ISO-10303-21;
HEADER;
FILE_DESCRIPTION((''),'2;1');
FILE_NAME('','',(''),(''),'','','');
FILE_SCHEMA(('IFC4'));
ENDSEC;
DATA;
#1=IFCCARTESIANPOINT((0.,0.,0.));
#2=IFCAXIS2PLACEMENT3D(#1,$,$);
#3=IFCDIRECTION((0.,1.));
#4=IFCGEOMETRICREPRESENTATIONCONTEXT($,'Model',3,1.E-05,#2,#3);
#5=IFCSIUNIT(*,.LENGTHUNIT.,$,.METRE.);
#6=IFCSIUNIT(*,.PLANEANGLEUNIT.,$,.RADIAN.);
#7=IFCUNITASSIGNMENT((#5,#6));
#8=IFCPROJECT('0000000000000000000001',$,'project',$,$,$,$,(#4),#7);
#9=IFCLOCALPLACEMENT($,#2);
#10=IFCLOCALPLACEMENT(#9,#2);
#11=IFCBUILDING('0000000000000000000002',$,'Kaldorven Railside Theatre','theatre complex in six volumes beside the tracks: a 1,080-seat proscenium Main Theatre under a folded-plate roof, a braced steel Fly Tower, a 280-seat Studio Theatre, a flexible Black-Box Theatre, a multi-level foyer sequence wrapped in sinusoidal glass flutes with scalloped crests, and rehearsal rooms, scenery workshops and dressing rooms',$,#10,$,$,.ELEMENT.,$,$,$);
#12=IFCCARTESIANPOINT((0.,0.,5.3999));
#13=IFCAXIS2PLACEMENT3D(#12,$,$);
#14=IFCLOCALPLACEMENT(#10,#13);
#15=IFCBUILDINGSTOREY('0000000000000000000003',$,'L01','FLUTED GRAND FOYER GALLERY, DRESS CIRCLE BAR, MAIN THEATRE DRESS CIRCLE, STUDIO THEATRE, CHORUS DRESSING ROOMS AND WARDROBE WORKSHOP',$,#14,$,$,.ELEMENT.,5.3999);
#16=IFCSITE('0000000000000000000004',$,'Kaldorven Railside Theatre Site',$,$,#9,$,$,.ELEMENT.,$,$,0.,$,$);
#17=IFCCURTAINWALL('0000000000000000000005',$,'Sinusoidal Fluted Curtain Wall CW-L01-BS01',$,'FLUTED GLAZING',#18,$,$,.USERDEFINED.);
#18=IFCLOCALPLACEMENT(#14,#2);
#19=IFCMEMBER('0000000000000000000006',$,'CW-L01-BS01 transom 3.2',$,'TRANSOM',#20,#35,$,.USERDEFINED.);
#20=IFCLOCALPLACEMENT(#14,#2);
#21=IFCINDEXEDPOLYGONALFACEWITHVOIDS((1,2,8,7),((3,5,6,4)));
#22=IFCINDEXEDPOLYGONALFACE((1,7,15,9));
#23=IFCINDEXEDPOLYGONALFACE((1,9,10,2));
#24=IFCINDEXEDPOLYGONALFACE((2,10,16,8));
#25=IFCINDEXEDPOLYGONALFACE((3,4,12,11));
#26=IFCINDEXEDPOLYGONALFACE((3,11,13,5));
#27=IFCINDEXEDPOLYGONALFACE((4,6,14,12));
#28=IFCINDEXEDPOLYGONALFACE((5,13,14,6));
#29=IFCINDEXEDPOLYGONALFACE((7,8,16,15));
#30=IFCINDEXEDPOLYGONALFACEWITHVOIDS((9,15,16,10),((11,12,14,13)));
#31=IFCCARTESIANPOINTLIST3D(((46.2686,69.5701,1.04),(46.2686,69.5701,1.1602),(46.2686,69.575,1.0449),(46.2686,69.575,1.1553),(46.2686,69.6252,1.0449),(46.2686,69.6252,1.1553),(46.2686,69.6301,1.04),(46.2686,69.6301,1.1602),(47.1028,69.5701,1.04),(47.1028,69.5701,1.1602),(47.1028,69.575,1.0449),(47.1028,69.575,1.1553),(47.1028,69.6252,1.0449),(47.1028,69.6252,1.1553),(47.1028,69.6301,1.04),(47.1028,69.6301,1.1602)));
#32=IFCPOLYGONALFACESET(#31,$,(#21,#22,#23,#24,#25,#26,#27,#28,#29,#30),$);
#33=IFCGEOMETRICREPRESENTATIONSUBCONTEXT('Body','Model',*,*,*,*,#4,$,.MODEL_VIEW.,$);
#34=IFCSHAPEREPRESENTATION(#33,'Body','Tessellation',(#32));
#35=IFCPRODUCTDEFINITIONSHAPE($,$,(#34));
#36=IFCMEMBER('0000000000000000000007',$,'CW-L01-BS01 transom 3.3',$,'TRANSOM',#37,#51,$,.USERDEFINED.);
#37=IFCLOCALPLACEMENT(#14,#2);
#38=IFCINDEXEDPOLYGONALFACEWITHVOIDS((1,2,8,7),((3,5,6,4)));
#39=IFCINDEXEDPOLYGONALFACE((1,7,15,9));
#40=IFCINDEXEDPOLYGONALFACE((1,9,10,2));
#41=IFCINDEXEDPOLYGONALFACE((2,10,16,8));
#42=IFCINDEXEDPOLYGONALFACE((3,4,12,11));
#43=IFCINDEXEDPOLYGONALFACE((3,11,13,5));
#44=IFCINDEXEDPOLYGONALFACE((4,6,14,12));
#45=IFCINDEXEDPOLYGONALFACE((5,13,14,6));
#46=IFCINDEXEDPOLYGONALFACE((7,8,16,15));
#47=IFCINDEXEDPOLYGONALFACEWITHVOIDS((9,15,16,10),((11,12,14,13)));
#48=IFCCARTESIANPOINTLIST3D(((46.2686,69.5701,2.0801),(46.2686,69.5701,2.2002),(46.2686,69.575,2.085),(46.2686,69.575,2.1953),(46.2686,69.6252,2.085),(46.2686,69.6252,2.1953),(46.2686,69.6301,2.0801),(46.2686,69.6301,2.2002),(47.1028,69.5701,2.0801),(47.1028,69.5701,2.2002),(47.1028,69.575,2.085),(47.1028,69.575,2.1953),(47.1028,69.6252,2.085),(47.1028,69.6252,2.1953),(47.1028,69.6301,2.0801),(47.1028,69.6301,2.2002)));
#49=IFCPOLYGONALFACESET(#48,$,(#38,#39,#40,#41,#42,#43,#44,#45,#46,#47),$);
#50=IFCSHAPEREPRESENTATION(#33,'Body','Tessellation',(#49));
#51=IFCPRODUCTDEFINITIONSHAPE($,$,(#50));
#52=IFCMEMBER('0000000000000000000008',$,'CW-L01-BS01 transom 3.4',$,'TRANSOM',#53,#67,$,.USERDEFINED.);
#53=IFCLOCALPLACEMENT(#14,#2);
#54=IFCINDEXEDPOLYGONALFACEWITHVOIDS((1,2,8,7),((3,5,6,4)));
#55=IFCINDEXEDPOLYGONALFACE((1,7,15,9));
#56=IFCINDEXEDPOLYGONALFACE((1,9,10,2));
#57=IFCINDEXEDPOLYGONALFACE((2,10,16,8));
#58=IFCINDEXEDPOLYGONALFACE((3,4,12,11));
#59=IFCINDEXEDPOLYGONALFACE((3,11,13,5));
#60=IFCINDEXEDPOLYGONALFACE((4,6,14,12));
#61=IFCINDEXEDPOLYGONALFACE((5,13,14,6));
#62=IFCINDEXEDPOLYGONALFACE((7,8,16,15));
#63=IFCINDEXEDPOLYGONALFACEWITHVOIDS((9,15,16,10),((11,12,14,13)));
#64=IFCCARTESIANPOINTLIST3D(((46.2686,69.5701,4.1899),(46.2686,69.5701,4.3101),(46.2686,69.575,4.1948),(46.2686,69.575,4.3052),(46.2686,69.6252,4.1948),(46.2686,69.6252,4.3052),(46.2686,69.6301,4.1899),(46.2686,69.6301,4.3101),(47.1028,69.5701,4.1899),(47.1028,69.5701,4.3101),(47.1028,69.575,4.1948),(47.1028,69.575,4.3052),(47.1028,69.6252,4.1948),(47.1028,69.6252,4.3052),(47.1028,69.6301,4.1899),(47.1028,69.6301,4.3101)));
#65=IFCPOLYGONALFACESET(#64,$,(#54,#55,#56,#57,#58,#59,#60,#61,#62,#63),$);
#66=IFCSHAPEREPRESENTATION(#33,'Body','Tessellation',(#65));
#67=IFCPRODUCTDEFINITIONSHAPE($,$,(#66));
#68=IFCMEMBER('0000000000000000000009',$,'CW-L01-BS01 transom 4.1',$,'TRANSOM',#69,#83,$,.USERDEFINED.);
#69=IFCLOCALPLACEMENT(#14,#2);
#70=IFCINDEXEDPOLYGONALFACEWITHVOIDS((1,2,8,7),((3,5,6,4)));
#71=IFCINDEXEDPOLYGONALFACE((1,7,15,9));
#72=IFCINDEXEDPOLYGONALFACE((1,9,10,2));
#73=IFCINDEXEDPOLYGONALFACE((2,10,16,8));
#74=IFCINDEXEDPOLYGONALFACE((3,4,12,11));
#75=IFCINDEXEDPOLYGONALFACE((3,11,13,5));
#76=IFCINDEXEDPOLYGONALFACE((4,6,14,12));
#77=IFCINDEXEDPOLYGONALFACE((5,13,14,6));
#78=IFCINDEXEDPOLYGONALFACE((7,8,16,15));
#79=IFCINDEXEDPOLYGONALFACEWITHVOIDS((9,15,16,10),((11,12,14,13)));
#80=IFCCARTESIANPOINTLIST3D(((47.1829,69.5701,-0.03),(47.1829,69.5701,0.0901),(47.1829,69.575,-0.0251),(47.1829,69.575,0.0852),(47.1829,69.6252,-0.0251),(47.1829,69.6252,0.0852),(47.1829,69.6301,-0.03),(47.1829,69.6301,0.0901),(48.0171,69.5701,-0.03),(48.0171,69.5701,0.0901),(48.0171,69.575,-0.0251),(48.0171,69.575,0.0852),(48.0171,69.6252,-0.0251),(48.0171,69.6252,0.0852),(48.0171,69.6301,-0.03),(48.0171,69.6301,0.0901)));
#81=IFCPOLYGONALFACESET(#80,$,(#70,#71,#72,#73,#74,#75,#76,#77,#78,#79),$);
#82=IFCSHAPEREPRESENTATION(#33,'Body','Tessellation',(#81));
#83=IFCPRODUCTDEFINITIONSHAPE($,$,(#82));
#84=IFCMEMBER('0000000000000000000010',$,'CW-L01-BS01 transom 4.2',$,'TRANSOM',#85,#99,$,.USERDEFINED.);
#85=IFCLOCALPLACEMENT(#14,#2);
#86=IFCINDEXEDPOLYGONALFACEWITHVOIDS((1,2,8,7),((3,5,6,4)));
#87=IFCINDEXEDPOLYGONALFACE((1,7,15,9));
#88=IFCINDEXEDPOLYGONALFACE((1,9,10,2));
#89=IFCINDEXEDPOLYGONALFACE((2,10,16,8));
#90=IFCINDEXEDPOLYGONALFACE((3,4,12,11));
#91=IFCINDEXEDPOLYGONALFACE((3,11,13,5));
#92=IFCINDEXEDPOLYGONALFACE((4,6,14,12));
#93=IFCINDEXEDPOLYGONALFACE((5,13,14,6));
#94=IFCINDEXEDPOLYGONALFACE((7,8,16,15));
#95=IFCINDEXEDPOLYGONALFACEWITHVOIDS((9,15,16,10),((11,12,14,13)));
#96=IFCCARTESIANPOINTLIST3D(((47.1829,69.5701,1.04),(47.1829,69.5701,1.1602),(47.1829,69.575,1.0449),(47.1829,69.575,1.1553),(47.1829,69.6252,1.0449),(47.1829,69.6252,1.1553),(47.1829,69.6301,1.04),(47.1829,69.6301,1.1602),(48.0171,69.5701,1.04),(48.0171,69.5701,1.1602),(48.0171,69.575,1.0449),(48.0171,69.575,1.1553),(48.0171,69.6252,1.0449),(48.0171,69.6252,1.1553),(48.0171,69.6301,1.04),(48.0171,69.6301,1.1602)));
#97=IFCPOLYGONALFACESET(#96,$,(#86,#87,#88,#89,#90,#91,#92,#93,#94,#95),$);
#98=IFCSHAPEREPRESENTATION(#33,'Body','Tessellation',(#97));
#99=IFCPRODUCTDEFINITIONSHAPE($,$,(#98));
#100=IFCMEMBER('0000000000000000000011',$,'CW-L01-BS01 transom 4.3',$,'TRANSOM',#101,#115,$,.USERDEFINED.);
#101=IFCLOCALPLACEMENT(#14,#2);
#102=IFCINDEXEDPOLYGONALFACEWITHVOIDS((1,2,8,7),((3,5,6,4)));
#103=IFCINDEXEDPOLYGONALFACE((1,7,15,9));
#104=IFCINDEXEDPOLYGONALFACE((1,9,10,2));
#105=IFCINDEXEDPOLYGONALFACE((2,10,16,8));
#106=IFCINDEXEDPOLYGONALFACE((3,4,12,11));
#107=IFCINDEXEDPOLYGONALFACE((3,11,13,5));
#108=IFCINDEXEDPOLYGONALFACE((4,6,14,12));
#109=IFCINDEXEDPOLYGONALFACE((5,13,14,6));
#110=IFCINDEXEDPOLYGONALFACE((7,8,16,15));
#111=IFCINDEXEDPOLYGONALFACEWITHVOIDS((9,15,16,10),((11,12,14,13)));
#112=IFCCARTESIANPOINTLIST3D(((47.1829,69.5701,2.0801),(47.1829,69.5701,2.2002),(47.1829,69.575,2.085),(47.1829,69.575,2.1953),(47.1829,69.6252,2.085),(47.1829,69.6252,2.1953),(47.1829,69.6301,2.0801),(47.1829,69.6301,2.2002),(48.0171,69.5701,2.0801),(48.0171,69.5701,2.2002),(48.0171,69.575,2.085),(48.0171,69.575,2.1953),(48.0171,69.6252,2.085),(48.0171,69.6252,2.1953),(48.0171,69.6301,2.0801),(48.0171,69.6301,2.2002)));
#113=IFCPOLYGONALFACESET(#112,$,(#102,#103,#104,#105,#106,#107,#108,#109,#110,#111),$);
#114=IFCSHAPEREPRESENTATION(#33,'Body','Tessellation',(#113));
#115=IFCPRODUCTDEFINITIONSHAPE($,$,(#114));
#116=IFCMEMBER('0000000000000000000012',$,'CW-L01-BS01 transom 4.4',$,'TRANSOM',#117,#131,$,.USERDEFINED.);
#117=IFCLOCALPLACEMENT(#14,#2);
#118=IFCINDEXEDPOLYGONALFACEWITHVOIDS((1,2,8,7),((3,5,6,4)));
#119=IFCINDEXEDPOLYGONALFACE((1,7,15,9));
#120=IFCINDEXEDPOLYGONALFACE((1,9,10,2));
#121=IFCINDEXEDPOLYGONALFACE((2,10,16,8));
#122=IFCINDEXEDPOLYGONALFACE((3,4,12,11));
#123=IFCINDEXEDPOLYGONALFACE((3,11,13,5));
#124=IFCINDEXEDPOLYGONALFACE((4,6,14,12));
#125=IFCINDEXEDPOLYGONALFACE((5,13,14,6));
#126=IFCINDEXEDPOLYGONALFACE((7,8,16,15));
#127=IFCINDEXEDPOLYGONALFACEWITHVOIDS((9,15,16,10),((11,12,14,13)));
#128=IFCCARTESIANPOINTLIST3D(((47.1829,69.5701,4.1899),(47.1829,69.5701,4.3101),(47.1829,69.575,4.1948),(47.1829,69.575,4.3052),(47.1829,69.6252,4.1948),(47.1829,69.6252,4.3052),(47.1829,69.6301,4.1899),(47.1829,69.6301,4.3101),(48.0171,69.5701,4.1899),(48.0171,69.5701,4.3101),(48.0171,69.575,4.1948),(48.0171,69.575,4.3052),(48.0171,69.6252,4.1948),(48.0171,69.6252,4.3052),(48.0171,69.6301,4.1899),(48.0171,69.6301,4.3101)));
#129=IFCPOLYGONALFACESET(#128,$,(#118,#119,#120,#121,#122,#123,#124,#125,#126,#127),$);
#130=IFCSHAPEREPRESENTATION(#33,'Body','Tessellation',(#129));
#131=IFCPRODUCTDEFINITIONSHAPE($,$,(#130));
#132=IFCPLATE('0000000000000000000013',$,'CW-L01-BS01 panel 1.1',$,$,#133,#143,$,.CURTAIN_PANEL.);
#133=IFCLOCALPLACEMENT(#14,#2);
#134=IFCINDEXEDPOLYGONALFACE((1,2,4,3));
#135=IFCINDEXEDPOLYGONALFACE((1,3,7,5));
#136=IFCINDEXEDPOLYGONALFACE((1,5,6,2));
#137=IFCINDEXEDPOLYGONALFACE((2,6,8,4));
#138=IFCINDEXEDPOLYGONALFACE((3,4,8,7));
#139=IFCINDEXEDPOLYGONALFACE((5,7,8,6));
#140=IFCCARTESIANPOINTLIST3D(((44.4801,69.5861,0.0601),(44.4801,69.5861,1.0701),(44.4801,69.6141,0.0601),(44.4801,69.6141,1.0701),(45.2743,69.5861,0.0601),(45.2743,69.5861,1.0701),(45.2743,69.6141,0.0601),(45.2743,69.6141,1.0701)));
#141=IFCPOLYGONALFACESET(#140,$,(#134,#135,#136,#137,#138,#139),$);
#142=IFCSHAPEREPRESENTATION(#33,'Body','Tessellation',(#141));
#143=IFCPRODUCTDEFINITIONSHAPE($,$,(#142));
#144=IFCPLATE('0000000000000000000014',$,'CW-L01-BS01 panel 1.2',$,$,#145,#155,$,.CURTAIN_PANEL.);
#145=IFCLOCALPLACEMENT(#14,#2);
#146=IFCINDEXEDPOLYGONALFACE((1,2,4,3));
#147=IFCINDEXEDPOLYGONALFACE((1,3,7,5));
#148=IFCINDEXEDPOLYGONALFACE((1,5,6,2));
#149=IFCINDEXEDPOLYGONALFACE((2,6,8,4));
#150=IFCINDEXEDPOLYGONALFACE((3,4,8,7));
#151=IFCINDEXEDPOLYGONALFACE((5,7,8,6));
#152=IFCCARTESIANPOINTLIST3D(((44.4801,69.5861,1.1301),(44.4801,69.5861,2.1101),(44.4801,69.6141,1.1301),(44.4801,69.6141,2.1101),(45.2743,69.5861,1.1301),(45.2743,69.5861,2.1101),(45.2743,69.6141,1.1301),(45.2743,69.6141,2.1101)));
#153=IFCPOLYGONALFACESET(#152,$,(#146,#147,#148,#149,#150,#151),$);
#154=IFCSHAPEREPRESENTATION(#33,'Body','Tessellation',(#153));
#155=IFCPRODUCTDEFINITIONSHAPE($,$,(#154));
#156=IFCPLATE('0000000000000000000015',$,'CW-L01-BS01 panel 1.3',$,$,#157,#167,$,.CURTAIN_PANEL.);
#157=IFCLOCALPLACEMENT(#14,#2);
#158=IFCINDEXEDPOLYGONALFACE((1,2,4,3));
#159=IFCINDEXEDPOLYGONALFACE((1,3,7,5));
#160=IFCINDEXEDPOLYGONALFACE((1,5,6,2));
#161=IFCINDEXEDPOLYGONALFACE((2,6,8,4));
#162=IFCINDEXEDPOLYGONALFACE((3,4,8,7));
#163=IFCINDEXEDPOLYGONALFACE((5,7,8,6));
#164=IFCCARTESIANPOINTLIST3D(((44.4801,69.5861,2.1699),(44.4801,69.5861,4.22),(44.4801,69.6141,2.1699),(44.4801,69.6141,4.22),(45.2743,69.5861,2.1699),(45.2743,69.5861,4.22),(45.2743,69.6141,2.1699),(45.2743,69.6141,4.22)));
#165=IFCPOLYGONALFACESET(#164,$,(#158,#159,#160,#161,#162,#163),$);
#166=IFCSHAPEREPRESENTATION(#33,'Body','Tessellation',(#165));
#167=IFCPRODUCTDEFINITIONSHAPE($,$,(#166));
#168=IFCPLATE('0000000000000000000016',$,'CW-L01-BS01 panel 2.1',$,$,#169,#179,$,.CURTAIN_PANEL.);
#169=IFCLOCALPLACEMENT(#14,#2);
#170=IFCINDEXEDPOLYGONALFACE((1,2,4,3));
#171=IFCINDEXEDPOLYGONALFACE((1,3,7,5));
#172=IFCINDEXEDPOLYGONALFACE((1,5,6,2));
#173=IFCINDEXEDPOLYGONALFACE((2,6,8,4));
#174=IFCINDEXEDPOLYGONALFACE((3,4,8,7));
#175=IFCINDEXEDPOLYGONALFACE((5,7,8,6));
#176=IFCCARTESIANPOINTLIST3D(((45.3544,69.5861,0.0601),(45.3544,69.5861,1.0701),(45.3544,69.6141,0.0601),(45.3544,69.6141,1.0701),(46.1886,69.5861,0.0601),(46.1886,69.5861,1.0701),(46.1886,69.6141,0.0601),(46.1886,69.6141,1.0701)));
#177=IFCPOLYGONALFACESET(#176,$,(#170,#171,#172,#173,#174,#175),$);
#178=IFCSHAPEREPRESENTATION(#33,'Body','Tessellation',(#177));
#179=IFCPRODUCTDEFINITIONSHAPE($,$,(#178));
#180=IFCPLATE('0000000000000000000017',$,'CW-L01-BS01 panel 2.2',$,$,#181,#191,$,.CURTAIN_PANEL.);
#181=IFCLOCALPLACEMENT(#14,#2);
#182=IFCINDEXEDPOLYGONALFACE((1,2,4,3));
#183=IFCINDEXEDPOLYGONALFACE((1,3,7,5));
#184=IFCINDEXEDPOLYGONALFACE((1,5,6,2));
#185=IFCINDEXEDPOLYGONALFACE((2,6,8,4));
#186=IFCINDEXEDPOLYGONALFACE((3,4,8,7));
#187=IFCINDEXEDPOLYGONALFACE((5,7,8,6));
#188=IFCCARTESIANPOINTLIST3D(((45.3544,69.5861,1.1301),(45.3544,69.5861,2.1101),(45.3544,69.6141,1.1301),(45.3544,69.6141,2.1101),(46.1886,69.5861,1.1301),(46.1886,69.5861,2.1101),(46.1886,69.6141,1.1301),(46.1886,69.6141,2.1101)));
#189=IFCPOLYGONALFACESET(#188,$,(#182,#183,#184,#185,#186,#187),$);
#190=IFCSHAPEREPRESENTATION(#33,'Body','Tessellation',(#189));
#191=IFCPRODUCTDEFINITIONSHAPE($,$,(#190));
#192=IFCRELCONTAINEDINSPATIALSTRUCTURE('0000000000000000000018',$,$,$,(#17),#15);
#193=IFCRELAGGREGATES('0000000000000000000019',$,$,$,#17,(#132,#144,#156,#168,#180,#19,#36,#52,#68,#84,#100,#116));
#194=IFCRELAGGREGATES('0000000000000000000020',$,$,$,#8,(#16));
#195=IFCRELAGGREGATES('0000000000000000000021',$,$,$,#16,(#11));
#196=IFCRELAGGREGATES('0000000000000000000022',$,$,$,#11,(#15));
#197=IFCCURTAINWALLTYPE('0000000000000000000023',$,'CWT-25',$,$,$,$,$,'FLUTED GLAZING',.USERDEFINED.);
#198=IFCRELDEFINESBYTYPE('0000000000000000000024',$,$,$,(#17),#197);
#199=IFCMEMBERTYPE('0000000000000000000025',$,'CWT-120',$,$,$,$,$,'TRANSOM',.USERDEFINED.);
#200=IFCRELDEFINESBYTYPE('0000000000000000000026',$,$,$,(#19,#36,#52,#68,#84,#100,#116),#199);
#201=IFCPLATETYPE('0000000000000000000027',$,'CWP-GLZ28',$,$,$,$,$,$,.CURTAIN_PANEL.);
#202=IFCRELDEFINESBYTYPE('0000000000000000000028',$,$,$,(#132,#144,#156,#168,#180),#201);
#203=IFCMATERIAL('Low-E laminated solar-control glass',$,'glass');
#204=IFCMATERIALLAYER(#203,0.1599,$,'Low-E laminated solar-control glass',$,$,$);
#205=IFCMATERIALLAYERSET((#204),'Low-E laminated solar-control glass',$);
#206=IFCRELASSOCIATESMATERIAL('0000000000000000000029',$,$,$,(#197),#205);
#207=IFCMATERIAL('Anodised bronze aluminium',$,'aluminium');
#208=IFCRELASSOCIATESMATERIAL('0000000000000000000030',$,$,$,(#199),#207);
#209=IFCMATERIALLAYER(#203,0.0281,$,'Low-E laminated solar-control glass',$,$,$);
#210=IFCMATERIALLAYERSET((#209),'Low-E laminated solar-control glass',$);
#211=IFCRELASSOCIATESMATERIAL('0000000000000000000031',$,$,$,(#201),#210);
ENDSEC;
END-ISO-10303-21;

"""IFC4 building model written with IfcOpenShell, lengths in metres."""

from ifc_helpers import new_model, si_unit, direction, frame, origin, origin_2d, place, context, subcontext, project, spatial, rectangle, hollow_rectangle, extrude, material, layer, layer_set, material_profile, profile_set, type_object, element, aggregate, save


model = new_model("IFC4")

# Units and contexts
model_context = context("Model", 3, precision=1e-05, world=origin(), true_north=direction((0.0, 1.0)))
body_context = subcontext(model_context, "Body", "Model", "MODEL_VIEW")
ifc_project = project(units=[si_unit("LENGTHUNIT", "METRE"), si_unit("PLANEANGLEUNIT", "RADIAN")], contexts=[model_context])

# Site, building, storey
site_placement = place(None, origin())
site = spatial("IfcSite", under=ifc_project, at=site_placement, Name="Kaldorven Railside Theatre Site", CompositionType="ELEMENT", RefElevation=0.0)
building_placement = place(site_placement, origin())
building = spatial("IfcBuilding", under=site, at=building_placement, Name="Kaldorven Railside Theatre", Description="theatre complex in six volumes beside the tracks: a 1,080-seat proscenium Main Theatre under a folded-plate roof, a braced steel Fly Tower, a 280-seat Studio Theatre, a flexible Black-Box Theatre, a multi-level foyer sequence wrapped in sinusoidal glass flutes with scalloped crests, and rehearsal rooms, scenery workshops and dressing rooms", CompositionType="ELEMENT")
storey_placement = place(building_placement, frame((0.0, 0.0, 5.3999)))
storey = spatial("IfcBuildingStorey", under=building, at=storey_placement, Name="L01", Description="FLUTED GRAND FOYER GALLERY, DRESS CIRCLE BAR, MAIN THEATRE DRESS CIRCLE, STUDIO THEATRE, CHORUS DRESSING ROOMS AND WARDROBE WORKSHOP", CompositionType="ELEMENT", Elevation=5.3999)

# Curtain wall, members, plates
ifc_material_1 = material(Name="Low-E laminated solar-control glass", Category="glass")
ifc_layer_1 = layer(ifc_material_1, 0.1599, Name="Low-E laminated solar-control glass")
ifc_layer_set_1 = layer_set([ifc_layer_1], Name="Low-E laminated solar-control glass")
curtain_wall_type = type_object("IfcCurtainWallType", Name="CWT-25", ElementType="FLUTED GLAZING", PredefinedType="USERDEFINED", material=ifc_layer_set_1)
curtain_wall_placement = place(storey_placement, origin())
curtain_wall = element("IfcCurtainWall", 1, at=curtain_wall_placement, inside=storey, type_object=curtain_wall_type, Name="Sinusoidal Fluted Curtain Wall CW-L01-BS01", ObjectType="FLUTED GLAZING", PredefinedType="USERDEFINED")
ifc_material_2 = material(Name="Anodised bronze aluminium", Category="aluminium")
ifc_material_profile_1 = material_profile(ifc_material_2, hollow_rectangle(XDim=0.0601, YDim=0.1201, WallThickness=0.0049, at=origin_2d()), Name="RHS 120x60x5")
ifc_profile_set_1 = profile_set([ifc_material_profile_1], Name="Anodised bronze aluminium")
member_type_1 = type_object("IfcMemberType", Name="CWT-120", ElementType="TRANSOM", PredefinedType="USERDEFINED", material=ifc_profile_set_1)
member_1_placement = place(storey_placement, frame((46.2686, 69.6001, 1.1001), z_axis=(1.0, 0.0, 0.0), x_axis=(0.0, 1.0, 0.0)))
member_1 = element("IfcMember", 2, at=member_1_placement, type_object=member_type_1, Name="CW-L01-BS01 transom 3.2", ObjectType="TRANSOM", PredefinedType="USERDEFINED", context=body_context, shape_type="SweptSolid", body=[
    extrude(hollow_rectangle(XDim=0.0601, YDim=0.1201, WallThickness=0.0049, at=origin_2d()), origin(), (0.0, 0.0, 1.0), 0.8342),
])
member_2_placement = place(storey_placement, frame((46.2686, 69.6001, 2.1401), z_axis=(1.0, 0.0, 0.0), x_axis=(0.0, 1.0, 0.0)))
member_2 = element("IfcMember", 3, at=member_2_placement, type_object=member_type_1, Name="CW-L01-BS01 transom 3.3", ObjectType="TRANSOM", PredefinedType="USERDEFINED", context=body_context, shape_type="SweptSolid", body=[
    extrude(hollow_rectangle(XDim=0.0601, YDim=0.1201, WallThickness=0.0049, at=origin_2d()), origin(), (0.0, 0.0, 1.0), 0.8342),
])
member_3_placement = place(storey_placement, frame((46.2686, 69.6001, 4.25), z_axis=(1.0, 0.0, 0.0), x_axis=(0.0, 1.0, 0.0)))
member_3 = element("IfcMember", 4, at=member_3_placement, type_object=member_type_1, Name="CW-L01-BS01 transom 3.4", ObjectType="TRANSOM", PredefinedType="USERDEFINED", context=body_context, shape_type="SweptSolid", body=[
    extrude(hollow_rectangle(XDim=0.0601, YDim=0.1201, WallThickness=0.0049, at=origin_2d()), origin(), (0.0, 0.0, 1.0), 0.8342),
])
member_4_placement = place(storey_placement, frame((47.1829, 69.6001, 0.03), z_axis=(1.0, 0.0, 0.0), x_axis=(0.0, 1.0, 0.0)))
member_4 = element("IfcMember", 5, at=member_4_placement, type_object=member_type_1, Name="CW-L01-BS01 transom 4.1", ObjectType="TRANSOM", PredefinedType="USERDEFINED", context=body_context, shape_type="SweptSolid", body=[
    extrude(hollow_rectangle(XDim=0.0601, YDim=0.1201, WallThickness=0.0049, at=origin_2d()), origin(), (0.0, 0.0, 1.0), 0.8342),
])
member_5_placement = place(storey_placement, frame((47.1829, 69.6001, 1.1001), z_axis=(1.0, 0.0, 0.0), x_axis=(0.0, 1.0, 0.0)))
member_5 = element("IfcMember", 6, at=member_5_placement, type_object=member_type_1, Name="CW-L01-BS01 transom 4.2", ObjectType="TRANSOM", PredefinedType="USERDEFINED", context=body_context, shape_type="SweptSolid", body=[
    extrude(hollow_rectangle(XDim=0.0601, YDim=0.1201, WallThickness=0.0049, at=origin_2d()), origin(), (0.0, 0.0, 1.0), 0.8342),
])
member_6_placement = place(storey_placement, frame((47.1829, 69.6001, 2.1401), z_axis=(1.0, 0.0, 0.0), x_axis=(0.0, 1.0, 0.0)))
member_6 = element("IfcMember", 7, at=member_6_placement, type_object=member_type_1, Name="CW-L01-BS01 transom 4.3", ObjectType="TRANSOM", PredefinedType="USERDEFINED", context=body_context, shape_type="SweptSolid", body=[
    extrude(hollow_rectangle(XDim=0.0601, YDim=0.1201, WallThickness=0.0049, at=origin_2d()), origin(), (0.0, 0.0, 1.0), 0.8342),
])
member_7_placement = place(storey_placement, frame((47.1829, 69.6001, 4.25), z_axis=(1.0, 0.0, 0.0), x_axis=(0.0, 1.0, 0.0)))
member_7 = element("IfcMember", 8, at=member_7_placement, type_object=member_type_1, Name="CW-L01-BS01 transom 4.4", ObjectType="TRANSOM", PredefinedType="USERDEFINED", context=body_context, shape_type="SweptSolid", body=[
    extrude(hollow_rectangle(XDim=0.0601, YDim=0.1201, WallThickness=0.0049, at=origin_2d()), origin(), (0.0, 0.0, 1.0), 0.8342),
])
ifc_layer_2 = layer(ifc_material_1, 0.0281, Name="Low-E laminated solar-control glass")
ifc_layer_set_2 = layer_set([ifc_layer_2], Name="Low-E laminated solar-control glass")
plate_type = type_object("IfcPlateType", Name="CWP-GLZ28", PredefinedType="CURTAIN_PANEL", material=ifc_layer_set_2)
plate_1_placement = place(storey_placement, frame((44.8772, 69.6001, 0.0601), z_axis=(0.0, 0.0, 1.0), x_axis=(1.0, 0.0, 0.0)))
plate_1 = element("IfcPlate", 9, at=plate_1_placement, type_object=plate_type, Name="CW-L01-BS01 panel 1.1", PredefinedType="CURTAIN_PANEL", context=body_context, shape_type="SweptSolid", body=[
    extrude(rectangle(XDim=0.7942, YDim=0.0281, at=origin_2d()), origin(), (0.0, 0.0, 1.0), 1.01),
])
plate_2_placement = place(storey_placement, frame((44.8772, 69.6001, 1.1301), z_axis=(0.0, 0.0, 1.0), x_axis=(1.0, 0.0, 0.0)))
plate_2 = element("IfcPlate", 10, at=plate_2_placement, type_object=plate_type, Name="CW-L01-BS01 panel 1.2", PredefinedType="CURTAIN_PANEL", context=body_context, shape_type="SweptSolid", body=[
    extrude(rectangle(XDim=0.7942, YDim=0.0281, at=origin_2d()), origin(), (0.0, 0.0, 1.0), 0.98),
])
plate_3_placement = place(storey_placement, frame((44.8772, 69.6001, 2.1699), z_axis=(0.0, 0.0, 1.0), x_axis=(1.0, 0.0, 0.0)))
plate_3 = element("IfcPlate", 11, at=plate_3_placement, type_object=plate_type, Name="CW-L01-BS01 panel 1.3", PredefinedType="CURTAIN_PANEL", context=body_context, shape_type="SweptSolid", body=[
    extrude(rectangle(XDim=0.7942, YDim=0.0281, at=origin_2d()), origin(), (0.0, 0.0, 1.0), 2.05),
])
plate_4_placement = place(storey_placement, frame((45.7715, 69.6001, 0.0601), z_axis=(0.0, 0.0, 1.0), x_axis=(1.0, 0.0, 0.0)))
plate_4 = element("IfcPlate", 12, at=plate_4_placement, type_object=plate_type, Name="CW-L01-BS01 panel 2.1", PredefinedType="CURTAIN_PANEL", context=body_context, shape_type="SweptSolid", body=[
    extrude(rectangle(XDim=0.8342, YDim=0.0281, at=origin_2d()), origin(), (0.0, 0.0, 1.0), 1.01),
])
plate_5_placement = place(storey_placement, frame((45.7715, 69.6001, 1.1301), z_axis=(0.0, 0.0, 1.0), x_axis=(1.0, 0.0, 0.0)))
plate_5 = element("IfcPlate", 13, at=plate_5_placement, type_object=plate_type, Name="CW-L01-BS01 panel 2.2", PredefinedType="CURTAIN_PANEL", context=body_context, shape_type="SweptSolid", body=[
    extrude(rectangle(XDim=0.8342, YDim=0.0281, at=origin_2d()), origin(), (0.0, 0.0, 1.0), 0.98),
])
aggregate(curtain_wall, [plate_1, plate_2, plate_3, plate_4, plate_5, member_1, member_2, member_3, member_4, member_5, member_6, member_7])

save(model, "model.ifc")
